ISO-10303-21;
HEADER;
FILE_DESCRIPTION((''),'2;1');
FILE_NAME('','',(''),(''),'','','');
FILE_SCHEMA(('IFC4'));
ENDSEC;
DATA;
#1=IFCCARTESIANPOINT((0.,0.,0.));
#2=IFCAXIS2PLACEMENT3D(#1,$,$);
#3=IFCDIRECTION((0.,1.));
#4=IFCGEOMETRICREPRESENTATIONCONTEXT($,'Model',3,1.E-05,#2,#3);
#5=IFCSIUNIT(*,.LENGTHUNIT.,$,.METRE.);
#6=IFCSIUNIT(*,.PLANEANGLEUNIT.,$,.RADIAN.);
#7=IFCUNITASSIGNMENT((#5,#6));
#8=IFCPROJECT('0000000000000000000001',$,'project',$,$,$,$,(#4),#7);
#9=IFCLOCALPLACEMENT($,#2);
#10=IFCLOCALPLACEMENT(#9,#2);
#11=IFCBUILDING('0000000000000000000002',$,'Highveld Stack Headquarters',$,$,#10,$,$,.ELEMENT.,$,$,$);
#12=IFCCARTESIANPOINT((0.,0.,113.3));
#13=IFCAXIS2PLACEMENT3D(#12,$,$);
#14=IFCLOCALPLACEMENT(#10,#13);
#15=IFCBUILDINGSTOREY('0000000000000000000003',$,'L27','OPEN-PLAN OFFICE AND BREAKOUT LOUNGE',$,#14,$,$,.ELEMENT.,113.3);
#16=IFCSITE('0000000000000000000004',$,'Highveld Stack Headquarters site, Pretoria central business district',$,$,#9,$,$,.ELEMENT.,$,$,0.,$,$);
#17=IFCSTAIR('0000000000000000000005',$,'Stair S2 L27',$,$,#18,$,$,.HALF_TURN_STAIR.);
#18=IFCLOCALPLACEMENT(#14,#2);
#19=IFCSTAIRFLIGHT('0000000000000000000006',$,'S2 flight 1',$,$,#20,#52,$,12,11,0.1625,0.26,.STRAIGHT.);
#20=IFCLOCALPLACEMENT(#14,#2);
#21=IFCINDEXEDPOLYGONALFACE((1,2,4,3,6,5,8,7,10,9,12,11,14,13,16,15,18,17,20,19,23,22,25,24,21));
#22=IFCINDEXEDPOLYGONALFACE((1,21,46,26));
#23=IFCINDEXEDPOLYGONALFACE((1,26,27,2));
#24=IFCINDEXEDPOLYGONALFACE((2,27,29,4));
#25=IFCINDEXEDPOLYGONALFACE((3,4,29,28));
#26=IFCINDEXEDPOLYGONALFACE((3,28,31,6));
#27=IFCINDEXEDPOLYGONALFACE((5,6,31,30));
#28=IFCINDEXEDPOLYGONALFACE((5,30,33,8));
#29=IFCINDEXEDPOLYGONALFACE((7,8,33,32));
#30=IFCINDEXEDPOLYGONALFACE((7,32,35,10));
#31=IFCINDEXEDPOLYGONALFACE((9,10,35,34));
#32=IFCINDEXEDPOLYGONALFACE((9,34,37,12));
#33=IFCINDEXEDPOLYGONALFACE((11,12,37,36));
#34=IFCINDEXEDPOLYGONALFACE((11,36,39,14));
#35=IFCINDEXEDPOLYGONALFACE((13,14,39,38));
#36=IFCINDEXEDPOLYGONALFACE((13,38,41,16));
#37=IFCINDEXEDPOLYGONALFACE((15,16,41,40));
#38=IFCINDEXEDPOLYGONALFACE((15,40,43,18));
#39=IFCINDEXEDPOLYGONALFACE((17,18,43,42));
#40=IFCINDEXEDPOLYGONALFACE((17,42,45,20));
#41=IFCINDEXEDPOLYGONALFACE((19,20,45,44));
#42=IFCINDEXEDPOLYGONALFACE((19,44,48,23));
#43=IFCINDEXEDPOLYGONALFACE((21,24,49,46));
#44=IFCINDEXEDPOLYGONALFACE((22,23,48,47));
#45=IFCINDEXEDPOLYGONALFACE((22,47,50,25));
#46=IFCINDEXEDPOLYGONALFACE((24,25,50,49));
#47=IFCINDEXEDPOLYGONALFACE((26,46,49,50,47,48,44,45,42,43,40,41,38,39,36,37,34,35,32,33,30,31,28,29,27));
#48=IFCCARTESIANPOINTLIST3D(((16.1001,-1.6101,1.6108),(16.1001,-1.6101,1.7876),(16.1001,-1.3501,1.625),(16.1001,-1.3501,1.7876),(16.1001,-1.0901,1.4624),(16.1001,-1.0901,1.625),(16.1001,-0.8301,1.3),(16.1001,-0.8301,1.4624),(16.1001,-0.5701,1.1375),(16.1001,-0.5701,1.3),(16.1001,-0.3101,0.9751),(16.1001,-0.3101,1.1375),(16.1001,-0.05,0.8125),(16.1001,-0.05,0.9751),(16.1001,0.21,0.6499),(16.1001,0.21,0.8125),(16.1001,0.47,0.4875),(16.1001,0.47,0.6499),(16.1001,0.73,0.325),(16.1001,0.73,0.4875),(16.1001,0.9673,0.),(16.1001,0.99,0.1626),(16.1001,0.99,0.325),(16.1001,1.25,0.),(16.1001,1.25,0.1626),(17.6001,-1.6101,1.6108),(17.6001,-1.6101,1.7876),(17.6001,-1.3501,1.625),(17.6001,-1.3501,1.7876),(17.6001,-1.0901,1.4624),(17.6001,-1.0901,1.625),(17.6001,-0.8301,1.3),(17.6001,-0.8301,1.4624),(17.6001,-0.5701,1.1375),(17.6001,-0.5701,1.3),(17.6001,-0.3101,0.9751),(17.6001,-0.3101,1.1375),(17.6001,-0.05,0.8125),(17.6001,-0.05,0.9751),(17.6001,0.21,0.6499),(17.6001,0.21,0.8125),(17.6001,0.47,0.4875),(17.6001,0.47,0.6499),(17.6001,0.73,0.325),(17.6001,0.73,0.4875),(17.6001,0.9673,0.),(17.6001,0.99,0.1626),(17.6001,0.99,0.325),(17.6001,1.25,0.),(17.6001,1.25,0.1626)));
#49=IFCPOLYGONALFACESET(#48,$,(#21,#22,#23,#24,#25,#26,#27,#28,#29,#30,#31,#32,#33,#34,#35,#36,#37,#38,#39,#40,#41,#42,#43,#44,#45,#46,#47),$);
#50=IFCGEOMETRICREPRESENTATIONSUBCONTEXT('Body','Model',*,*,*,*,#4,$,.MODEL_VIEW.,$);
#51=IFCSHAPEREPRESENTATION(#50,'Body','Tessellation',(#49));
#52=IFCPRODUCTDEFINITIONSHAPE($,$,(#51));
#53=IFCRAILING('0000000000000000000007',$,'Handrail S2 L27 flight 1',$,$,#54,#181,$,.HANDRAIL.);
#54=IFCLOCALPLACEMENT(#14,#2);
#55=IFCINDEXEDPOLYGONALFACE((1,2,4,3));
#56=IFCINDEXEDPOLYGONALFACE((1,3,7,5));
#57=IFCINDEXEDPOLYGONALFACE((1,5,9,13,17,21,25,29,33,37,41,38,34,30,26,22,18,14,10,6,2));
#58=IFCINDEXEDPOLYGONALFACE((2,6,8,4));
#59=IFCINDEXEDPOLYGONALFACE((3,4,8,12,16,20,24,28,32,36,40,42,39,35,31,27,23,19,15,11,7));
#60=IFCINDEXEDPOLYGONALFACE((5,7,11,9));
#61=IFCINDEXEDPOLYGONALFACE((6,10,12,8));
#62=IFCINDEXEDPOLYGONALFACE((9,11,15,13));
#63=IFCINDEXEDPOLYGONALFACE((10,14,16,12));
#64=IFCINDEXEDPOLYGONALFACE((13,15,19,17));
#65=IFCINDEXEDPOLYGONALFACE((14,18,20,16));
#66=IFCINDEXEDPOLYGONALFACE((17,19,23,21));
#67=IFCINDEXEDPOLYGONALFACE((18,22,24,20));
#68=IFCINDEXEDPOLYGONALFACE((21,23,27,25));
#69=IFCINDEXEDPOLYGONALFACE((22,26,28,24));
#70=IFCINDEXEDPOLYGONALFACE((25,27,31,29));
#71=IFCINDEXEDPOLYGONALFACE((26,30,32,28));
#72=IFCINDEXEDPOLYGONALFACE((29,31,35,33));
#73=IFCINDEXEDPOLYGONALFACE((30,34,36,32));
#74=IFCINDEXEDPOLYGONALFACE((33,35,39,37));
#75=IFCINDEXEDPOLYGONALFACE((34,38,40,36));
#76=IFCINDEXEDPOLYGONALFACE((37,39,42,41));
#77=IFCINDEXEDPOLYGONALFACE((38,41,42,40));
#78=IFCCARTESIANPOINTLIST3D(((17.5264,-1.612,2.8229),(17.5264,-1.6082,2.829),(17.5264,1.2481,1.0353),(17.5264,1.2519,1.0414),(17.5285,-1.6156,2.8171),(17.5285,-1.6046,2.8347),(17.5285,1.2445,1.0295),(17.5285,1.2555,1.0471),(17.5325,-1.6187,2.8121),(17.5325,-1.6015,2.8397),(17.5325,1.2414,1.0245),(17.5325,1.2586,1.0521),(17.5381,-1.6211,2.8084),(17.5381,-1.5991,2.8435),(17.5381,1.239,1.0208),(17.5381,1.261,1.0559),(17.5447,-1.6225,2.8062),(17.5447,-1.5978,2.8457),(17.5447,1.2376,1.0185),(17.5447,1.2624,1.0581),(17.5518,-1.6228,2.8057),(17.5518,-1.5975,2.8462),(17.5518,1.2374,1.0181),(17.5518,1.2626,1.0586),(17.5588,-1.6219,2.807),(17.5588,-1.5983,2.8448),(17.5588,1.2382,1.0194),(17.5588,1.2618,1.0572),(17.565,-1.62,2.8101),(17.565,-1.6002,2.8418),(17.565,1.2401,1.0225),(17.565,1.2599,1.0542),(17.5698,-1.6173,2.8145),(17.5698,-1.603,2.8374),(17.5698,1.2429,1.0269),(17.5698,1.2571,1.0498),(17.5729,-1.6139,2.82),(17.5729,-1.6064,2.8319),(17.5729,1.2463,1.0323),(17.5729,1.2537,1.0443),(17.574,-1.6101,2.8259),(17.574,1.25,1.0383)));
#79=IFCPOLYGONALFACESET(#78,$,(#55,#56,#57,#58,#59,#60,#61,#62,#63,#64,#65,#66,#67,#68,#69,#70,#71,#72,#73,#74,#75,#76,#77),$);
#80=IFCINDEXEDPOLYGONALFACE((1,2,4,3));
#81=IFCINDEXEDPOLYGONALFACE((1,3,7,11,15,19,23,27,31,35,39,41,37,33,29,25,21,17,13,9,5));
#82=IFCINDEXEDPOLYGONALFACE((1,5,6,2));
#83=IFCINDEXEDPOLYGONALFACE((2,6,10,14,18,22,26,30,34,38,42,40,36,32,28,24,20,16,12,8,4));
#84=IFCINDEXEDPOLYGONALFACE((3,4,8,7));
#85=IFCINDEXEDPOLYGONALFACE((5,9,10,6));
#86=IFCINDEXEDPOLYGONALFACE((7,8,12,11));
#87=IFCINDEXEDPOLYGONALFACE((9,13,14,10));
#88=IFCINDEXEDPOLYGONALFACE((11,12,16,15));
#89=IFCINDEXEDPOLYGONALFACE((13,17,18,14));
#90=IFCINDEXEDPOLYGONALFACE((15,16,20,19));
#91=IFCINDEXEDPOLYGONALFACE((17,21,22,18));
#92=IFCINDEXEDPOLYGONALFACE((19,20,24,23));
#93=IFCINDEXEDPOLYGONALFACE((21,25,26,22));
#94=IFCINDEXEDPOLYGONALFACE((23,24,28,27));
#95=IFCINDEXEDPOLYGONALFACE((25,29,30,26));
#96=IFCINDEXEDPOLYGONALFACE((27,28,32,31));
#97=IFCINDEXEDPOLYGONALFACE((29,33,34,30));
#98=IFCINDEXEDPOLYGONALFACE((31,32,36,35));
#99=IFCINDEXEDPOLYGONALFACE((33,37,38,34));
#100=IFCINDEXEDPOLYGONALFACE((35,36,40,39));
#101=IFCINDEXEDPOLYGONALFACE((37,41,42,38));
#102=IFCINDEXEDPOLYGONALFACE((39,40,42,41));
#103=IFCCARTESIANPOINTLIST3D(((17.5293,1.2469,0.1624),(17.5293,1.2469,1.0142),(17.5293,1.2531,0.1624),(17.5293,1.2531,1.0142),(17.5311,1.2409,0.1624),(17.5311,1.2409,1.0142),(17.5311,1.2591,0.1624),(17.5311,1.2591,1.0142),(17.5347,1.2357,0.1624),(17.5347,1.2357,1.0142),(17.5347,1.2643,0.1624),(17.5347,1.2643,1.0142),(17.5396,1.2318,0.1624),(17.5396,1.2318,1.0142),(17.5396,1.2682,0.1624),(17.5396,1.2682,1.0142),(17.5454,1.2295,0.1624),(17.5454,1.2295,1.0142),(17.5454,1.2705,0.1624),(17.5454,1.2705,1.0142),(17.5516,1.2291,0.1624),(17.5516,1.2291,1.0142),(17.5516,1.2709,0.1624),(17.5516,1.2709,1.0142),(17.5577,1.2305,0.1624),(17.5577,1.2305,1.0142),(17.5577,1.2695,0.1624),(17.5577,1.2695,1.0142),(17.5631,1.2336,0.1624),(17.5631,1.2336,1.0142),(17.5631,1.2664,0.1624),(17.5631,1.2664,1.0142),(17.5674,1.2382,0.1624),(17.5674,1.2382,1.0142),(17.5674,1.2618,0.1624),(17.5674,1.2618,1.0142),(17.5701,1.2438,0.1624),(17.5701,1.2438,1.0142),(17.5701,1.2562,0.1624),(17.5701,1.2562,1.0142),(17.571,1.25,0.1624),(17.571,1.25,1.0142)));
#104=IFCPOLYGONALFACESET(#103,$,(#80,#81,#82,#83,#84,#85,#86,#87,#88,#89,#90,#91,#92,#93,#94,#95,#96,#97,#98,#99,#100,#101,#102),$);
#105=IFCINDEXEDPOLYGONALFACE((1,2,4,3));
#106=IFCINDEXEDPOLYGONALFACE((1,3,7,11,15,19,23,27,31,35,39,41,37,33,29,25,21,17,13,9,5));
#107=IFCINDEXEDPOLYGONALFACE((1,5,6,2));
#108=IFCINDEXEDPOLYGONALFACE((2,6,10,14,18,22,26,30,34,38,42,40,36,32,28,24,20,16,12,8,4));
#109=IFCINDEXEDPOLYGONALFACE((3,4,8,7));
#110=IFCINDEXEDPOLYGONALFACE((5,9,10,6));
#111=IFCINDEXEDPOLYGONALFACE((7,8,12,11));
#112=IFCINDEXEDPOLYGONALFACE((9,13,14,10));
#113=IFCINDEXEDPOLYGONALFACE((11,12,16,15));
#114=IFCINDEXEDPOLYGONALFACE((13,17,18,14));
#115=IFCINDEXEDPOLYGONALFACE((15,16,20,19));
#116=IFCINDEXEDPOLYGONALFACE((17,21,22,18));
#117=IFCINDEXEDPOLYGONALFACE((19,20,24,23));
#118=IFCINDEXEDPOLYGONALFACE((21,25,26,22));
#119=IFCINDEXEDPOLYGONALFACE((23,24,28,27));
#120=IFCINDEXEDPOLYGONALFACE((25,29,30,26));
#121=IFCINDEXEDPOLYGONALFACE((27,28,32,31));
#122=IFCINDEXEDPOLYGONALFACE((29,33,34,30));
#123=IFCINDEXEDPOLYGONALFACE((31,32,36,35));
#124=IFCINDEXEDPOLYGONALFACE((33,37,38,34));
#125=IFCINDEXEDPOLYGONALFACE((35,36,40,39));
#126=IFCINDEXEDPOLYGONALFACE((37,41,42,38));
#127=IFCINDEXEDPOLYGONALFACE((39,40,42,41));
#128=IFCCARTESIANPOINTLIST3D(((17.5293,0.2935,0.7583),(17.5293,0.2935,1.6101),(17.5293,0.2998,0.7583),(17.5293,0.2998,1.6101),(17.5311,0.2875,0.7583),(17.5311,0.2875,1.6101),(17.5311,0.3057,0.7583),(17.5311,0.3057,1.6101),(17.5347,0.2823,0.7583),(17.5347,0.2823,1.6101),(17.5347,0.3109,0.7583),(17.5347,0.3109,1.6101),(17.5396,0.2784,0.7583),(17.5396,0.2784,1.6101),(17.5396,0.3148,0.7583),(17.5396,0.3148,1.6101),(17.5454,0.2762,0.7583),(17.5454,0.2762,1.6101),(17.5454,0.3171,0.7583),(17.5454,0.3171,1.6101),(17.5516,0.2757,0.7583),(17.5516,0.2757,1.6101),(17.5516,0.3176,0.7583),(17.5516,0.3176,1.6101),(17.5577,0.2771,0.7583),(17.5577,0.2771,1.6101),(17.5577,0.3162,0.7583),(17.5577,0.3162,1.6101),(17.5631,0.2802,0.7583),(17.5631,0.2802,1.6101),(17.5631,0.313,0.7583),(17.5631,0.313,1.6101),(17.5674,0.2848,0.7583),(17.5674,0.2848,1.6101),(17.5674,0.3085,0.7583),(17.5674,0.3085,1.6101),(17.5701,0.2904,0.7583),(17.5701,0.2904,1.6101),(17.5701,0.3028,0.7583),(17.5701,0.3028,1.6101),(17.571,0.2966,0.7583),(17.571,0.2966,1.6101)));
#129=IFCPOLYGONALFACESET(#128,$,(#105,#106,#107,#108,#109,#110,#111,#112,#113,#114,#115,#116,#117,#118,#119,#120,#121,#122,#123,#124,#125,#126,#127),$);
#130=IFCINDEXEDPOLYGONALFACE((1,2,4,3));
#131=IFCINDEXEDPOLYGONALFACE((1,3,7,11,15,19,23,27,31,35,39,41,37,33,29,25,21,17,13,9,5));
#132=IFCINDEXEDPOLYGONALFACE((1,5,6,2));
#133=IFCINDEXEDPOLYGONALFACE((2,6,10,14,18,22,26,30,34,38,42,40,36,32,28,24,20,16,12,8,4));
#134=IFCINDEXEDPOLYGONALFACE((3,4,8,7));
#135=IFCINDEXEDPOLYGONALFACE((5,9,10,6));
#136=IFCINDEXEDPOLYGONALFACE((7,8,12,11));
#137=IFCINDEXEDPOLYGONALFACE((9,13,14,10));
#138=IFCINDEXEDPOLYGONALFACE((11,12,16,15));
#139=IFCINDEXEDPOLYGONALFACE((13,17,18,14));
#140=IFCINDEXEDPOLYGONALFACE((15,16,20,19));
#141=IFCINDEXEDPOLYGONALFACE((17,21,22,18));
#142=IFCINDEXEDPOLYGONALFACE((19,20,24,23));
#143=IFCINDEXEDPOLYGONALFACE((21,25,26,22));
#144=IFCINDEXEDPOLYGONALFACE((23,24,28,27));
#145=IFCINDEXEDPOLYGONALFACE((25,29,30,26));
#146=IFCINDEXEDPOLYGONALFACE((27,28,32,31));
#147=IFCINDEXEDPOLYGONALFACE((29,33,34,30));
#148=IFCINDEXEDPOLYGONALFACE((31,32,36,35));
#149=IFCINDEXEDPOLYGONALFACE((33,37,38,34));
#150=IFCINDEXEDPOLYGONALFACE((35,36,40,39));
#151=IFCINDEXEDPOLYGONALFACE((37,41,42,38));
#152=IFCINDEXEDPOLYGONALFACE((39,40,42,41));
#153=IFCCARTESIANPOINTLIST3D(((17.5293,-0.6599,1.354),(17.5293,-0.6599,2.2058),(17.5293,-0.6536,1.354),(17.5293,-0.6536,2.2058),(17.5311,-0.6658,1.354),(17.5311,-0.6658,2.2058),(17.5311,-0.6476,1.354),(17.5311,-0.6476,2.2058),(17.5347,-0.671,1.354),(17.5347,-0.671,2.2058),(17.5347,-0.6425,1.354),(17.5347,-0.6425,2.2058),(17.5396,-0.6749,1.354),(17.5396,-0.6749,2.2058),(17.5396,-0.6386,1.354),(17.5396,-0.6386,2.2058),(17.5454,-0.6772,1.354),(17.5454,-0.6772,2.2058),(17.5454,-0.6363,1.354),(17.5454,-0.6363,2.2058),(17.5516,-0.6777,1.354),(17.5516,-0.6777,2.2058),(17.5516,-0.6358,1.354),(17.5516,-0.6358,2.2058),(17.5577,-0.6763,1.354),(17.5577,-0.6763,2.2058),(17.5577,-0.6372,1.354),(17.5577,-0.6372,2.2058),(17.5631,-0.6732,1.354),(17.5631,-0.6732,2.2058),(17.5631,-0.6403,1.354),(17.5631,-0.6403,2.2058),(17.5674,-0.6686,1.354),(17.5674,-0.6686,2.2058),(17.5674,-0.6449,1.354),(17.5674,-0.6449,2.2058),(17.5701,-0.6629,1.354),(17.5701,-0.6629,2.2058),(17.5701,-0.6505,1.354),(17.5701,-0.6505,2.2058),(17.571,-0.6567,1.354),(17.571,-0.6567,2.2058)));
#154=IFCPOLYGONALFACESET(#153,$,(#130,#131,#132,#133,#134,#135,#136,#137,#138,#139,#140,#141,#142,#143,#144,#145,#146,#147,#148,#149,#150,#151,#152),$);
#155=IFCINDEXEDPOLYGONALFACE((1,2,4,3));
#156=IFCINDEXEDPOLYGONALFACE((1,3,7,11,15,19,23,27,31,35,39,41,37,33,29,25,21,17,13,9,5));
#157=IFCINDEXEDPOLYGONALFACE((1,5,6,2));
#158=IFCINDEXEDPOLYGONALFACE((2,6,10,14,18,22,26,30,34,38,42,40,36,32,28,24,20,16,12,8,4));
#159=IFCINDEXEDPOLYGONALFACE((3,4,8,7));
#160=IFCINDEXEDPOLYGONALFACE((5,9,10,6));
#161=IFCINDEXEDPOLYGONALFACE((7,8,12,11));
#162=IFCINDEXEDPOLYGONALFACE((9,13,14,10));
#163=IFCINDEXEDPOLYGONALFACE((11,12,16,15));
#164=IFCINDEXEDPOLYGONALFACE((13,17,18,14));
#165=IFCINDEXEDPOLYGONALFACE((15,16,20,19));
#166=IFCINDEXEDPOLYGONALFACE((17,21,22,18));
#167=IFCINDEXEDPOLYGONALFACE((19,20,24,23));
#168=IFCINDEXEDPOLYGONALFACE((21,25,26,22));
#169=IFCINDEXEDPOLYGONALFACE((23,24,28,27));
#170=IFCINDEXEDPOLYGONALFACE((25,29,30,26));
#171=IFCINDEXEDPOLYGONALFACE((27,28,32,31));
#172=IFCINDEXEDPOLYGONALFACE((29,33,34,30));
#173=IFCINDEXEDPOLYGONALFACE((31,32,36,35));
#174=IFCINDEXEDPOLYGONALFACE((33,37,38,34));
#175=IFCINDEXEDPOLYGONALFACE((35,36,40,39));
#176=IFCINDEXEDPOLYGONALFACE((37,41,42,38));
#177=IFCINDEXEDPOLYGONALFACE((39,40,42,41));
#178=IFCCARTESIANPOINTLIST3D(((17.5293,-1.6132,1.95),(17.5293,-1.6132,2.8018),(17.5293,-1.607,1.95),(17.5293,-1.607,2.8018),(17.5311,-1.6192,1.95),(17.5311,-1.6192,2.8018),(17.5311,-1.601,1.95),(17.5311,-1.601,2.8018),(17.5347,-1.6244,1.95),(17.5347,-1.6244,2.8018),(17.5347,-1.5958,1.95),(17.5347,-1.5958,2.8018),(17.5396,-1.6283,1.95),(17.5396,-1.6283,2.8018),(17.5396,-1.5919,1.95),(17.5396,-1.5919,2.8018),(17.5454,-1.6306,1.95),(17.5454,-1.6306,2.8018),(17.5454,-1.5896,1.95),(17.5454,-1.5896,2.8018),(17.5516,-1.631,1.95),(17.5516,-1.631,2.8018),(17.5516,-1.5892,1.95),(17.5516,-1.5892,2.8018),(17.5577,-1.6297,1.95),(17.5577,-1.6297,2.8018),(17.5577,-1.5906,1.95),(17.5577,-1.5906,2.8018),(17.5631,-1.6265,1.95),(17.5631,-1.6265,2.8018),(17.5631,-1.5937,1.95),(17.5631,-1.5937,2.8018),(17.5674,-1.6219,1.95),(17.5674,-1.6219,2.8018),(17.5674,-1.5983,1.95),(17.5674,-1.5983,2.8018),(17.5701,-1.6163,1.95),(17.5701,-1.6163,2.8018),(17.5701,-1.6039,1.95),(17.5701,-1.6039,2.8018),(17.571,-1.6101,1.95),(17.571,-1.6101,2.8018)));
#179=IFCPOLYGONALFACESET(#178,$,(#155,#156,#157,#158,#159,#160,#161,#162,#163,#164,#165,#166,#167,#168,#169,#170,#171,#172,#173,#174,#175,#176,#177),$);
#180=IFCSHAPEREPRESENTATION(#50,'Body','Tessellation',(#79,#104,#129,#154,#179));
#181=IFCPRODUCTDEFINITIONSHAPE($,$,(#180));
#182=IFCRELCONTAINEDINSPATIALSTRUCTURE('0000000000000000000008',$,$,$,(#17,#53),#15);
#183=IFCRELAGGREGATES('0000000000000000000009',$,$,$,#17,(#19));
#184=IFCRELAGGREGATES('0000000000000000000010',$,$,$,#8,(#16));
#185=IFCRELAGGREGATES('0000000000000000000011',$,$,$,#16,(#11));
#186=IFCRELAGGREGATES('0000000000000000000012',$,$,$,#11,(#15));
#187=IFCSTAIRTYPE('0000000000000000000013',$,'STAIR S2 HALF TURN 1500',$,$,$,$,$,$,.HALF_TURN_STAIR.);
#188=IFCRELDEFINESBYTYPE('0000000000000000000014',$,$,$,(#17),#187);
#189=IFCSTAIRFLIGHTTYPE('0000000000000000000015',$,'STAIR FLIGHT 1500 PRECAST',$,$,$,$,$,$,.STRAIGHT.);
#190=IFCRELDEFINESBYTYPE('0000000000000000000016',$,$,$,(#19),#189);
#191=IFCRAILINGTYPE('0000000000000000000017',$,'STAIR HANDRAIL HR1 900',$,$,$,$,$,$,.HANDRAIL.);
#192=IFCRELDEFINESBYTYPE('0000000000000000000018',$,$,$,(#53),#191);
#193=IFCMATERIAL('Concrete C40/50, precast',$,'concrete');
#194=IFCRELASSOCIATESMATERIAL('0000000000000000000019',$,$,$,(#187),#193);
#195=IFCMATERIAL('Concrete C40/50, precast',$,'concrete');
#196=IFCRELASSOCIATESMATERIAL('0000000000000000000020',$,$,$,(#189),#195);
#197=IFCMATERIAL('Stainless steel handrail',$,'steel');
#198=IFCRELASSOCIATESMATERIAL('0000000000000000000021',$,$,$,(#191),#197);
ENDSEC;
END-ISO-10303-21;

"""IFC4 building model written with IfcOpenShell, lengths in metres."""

from ifc_helpers import new_model, si_unit, direction, frame, origin, origin_2d, place, context, subcontext, project, spatial, polyline, circle, outline, extrude, material, type_object, element, aggregate, save


model = new_model("IFC4")

# Units and contexts
model_context = context("Model", 3, precision=1e-05, world=origin(), true_north=direction((0.0, 1.0)))
body_context = subcontext(model_context, "Body", "Model", "MODEL_VIEW")
ifc_project = project(units=[si_unit("LENGTHUNIT", "METRE"), si_unit("PLANEANGLEUNIT", "RADIAN")], contexts=[model_context])

# Site, building, storey
site_placement = place(None, origin())
site = spatial("IfcSite", under=ifc_project, at=site_placement, Name="Highveld Stack Headquarters site, Pretoria central business district", CompositionType="ELEMENT", RefElevation=0.0)
building_placement = place(site_placement, origin())
building = spatial("IfcBuilding", under=site, at=building_placement, Name="Highveld Stack Headquarters", CompositionType="ELEMENT")
storey_placement = place(building_placement, frame((0.0, 0.0, 113.3)))
storey = spatial("IfcBuildingStorey", under=building, at=storey_placement, Name="L27", Description="OPEN-PLAN OFFICE AND BREAKOUT LOUNGE", CompositionType="ELEMENT", Elevation=113.3)

# Stair, stair flight
ifc_material_1 = material(Name="Concrete C40/50, precast", Category="concrete")
stair_type = type_object("IfcStairType", Name="STAIR S2 HALF TURN 1500", PredefinedType="HALF_TURN_STAIR", material=ifc_material_1)
stair_placement = place(storey_placement, origin())
stair = element("IfcStair", 1, at=stair_placement, inside=storey, type_object=stair_type, Name="Stair S2 L27", PredefinedType="HALF_TURN_STAIR")
ifc_material_2 = material(Name="Concrete C40/50, precast", Category="concrete")
stair_flight_type = type_object("IfcStairFlightType", Name="STAIR FLIGHT 1500 PRECAST", PredefinedType="STRAIGHT", material=ifc_material_2)
stair_flight_placement = place(storey_placement, frame((16.8501, 1.25, 0.0), z_axis=(0.0, 0.0, 1.0), x_axis=(0.0, -1.0, 0.0)))
stair_flight = element("IfcStairFlight", 2, at=stair_flight_placement, type_object=stair_flight_type, Name="S2 flight 1", NumberOfRisers=12, NumberOfTreads=11, PredefinedType="STRAIGHT", RiserHeight=0.1625, TreadLength=0.26, context=body_context, shape_type="SweptSolid", body=[
    extrude(outline(polyline([(0.0, 0.0), (0.0, 0.1626), (0.26, 0.1626), (0.26, 0.325), (0.52, 0.325), (0.52, 0.4875), (0.78, 0.4875), (0.78, 0.6499), (1.04, 0.6499), (1.04, 0.8125), (1.3, 0.8125), (1.3, 0.9751), (1.5601, 0.9751), (1.5601, 1.1375), (1.8201, 1.1375), (1.8201, 1.3), (2.0801, 1.3), (2.0801, 1.4624), (2.3401, 1.4624), (2.3401, 1.625), (2.6001, 1.625), (2.6001, 1.7876), (2.8601, 1.7876), (2.8601, 1.95), (2.8601, 1.6108), (0.2827, 0.0), (0.0, 0.0)])), frame((0.0, 0.75, 0.0), z_axis=(0.0, -1.0, 0.0), x_axis=(1.0, 0.0, 0.0)), (0.0, 0.0, 1.0), 1.5),
])
aggregate(stair, [stair_flight])

# Railing
ifc_material_3 = material(Name="Stainless steel handrail", Category="steel")
railing_type = type_object("IfcRailingType", Name="STAIR HANDRAIL HR1 900", PredefinedType="HANDRAIL", material=ifc_material_3)
railing_placement = place(storey_placement, frame((17.55, 1.25, 0.1624)))
element("IfcRailing", 3, at=railing_placement, inside=storey, type_object=railing_type, Name="Handrail S2 L27 flight 1", PredefinedType="HANDRAIL", context=body_context, shape_type="SweptSolid", body=[
    extrude(circle(Radius=0.0239, at=origin_2d()), frame((0.0, 0.0, 0.876), z_axis=(0.0, -0.847994, 0.530005), x_axis=(1.0, 0.0, 0.0)), (0.0, 0.0, 1.0), 3.3728),
    extrude(circle(Radius=0.021, at=origin_2d()), origin(), (0.0, 0.0, 1.0), 0.8518),
    extrude(circle(Radius=0.021, at=origin_2d()), frame((0.0, -0.9534, 0.5959)), (0.0, 0.0, 1.0), 0.8518),
    extrude(circle(Radius=0.021, at=origin_2d()), frame((0.0, -1.9067, 1.1917)), (0.0, 0.0, 1.0), 0.8518),
    extrude(circle(Radius=0.021, at=origin_2d()), frame((0.0, -2.8601, 1.7876)), (0.0, 0.0, 1.0), 0.8518),
])

save(model, "model.ifc")
